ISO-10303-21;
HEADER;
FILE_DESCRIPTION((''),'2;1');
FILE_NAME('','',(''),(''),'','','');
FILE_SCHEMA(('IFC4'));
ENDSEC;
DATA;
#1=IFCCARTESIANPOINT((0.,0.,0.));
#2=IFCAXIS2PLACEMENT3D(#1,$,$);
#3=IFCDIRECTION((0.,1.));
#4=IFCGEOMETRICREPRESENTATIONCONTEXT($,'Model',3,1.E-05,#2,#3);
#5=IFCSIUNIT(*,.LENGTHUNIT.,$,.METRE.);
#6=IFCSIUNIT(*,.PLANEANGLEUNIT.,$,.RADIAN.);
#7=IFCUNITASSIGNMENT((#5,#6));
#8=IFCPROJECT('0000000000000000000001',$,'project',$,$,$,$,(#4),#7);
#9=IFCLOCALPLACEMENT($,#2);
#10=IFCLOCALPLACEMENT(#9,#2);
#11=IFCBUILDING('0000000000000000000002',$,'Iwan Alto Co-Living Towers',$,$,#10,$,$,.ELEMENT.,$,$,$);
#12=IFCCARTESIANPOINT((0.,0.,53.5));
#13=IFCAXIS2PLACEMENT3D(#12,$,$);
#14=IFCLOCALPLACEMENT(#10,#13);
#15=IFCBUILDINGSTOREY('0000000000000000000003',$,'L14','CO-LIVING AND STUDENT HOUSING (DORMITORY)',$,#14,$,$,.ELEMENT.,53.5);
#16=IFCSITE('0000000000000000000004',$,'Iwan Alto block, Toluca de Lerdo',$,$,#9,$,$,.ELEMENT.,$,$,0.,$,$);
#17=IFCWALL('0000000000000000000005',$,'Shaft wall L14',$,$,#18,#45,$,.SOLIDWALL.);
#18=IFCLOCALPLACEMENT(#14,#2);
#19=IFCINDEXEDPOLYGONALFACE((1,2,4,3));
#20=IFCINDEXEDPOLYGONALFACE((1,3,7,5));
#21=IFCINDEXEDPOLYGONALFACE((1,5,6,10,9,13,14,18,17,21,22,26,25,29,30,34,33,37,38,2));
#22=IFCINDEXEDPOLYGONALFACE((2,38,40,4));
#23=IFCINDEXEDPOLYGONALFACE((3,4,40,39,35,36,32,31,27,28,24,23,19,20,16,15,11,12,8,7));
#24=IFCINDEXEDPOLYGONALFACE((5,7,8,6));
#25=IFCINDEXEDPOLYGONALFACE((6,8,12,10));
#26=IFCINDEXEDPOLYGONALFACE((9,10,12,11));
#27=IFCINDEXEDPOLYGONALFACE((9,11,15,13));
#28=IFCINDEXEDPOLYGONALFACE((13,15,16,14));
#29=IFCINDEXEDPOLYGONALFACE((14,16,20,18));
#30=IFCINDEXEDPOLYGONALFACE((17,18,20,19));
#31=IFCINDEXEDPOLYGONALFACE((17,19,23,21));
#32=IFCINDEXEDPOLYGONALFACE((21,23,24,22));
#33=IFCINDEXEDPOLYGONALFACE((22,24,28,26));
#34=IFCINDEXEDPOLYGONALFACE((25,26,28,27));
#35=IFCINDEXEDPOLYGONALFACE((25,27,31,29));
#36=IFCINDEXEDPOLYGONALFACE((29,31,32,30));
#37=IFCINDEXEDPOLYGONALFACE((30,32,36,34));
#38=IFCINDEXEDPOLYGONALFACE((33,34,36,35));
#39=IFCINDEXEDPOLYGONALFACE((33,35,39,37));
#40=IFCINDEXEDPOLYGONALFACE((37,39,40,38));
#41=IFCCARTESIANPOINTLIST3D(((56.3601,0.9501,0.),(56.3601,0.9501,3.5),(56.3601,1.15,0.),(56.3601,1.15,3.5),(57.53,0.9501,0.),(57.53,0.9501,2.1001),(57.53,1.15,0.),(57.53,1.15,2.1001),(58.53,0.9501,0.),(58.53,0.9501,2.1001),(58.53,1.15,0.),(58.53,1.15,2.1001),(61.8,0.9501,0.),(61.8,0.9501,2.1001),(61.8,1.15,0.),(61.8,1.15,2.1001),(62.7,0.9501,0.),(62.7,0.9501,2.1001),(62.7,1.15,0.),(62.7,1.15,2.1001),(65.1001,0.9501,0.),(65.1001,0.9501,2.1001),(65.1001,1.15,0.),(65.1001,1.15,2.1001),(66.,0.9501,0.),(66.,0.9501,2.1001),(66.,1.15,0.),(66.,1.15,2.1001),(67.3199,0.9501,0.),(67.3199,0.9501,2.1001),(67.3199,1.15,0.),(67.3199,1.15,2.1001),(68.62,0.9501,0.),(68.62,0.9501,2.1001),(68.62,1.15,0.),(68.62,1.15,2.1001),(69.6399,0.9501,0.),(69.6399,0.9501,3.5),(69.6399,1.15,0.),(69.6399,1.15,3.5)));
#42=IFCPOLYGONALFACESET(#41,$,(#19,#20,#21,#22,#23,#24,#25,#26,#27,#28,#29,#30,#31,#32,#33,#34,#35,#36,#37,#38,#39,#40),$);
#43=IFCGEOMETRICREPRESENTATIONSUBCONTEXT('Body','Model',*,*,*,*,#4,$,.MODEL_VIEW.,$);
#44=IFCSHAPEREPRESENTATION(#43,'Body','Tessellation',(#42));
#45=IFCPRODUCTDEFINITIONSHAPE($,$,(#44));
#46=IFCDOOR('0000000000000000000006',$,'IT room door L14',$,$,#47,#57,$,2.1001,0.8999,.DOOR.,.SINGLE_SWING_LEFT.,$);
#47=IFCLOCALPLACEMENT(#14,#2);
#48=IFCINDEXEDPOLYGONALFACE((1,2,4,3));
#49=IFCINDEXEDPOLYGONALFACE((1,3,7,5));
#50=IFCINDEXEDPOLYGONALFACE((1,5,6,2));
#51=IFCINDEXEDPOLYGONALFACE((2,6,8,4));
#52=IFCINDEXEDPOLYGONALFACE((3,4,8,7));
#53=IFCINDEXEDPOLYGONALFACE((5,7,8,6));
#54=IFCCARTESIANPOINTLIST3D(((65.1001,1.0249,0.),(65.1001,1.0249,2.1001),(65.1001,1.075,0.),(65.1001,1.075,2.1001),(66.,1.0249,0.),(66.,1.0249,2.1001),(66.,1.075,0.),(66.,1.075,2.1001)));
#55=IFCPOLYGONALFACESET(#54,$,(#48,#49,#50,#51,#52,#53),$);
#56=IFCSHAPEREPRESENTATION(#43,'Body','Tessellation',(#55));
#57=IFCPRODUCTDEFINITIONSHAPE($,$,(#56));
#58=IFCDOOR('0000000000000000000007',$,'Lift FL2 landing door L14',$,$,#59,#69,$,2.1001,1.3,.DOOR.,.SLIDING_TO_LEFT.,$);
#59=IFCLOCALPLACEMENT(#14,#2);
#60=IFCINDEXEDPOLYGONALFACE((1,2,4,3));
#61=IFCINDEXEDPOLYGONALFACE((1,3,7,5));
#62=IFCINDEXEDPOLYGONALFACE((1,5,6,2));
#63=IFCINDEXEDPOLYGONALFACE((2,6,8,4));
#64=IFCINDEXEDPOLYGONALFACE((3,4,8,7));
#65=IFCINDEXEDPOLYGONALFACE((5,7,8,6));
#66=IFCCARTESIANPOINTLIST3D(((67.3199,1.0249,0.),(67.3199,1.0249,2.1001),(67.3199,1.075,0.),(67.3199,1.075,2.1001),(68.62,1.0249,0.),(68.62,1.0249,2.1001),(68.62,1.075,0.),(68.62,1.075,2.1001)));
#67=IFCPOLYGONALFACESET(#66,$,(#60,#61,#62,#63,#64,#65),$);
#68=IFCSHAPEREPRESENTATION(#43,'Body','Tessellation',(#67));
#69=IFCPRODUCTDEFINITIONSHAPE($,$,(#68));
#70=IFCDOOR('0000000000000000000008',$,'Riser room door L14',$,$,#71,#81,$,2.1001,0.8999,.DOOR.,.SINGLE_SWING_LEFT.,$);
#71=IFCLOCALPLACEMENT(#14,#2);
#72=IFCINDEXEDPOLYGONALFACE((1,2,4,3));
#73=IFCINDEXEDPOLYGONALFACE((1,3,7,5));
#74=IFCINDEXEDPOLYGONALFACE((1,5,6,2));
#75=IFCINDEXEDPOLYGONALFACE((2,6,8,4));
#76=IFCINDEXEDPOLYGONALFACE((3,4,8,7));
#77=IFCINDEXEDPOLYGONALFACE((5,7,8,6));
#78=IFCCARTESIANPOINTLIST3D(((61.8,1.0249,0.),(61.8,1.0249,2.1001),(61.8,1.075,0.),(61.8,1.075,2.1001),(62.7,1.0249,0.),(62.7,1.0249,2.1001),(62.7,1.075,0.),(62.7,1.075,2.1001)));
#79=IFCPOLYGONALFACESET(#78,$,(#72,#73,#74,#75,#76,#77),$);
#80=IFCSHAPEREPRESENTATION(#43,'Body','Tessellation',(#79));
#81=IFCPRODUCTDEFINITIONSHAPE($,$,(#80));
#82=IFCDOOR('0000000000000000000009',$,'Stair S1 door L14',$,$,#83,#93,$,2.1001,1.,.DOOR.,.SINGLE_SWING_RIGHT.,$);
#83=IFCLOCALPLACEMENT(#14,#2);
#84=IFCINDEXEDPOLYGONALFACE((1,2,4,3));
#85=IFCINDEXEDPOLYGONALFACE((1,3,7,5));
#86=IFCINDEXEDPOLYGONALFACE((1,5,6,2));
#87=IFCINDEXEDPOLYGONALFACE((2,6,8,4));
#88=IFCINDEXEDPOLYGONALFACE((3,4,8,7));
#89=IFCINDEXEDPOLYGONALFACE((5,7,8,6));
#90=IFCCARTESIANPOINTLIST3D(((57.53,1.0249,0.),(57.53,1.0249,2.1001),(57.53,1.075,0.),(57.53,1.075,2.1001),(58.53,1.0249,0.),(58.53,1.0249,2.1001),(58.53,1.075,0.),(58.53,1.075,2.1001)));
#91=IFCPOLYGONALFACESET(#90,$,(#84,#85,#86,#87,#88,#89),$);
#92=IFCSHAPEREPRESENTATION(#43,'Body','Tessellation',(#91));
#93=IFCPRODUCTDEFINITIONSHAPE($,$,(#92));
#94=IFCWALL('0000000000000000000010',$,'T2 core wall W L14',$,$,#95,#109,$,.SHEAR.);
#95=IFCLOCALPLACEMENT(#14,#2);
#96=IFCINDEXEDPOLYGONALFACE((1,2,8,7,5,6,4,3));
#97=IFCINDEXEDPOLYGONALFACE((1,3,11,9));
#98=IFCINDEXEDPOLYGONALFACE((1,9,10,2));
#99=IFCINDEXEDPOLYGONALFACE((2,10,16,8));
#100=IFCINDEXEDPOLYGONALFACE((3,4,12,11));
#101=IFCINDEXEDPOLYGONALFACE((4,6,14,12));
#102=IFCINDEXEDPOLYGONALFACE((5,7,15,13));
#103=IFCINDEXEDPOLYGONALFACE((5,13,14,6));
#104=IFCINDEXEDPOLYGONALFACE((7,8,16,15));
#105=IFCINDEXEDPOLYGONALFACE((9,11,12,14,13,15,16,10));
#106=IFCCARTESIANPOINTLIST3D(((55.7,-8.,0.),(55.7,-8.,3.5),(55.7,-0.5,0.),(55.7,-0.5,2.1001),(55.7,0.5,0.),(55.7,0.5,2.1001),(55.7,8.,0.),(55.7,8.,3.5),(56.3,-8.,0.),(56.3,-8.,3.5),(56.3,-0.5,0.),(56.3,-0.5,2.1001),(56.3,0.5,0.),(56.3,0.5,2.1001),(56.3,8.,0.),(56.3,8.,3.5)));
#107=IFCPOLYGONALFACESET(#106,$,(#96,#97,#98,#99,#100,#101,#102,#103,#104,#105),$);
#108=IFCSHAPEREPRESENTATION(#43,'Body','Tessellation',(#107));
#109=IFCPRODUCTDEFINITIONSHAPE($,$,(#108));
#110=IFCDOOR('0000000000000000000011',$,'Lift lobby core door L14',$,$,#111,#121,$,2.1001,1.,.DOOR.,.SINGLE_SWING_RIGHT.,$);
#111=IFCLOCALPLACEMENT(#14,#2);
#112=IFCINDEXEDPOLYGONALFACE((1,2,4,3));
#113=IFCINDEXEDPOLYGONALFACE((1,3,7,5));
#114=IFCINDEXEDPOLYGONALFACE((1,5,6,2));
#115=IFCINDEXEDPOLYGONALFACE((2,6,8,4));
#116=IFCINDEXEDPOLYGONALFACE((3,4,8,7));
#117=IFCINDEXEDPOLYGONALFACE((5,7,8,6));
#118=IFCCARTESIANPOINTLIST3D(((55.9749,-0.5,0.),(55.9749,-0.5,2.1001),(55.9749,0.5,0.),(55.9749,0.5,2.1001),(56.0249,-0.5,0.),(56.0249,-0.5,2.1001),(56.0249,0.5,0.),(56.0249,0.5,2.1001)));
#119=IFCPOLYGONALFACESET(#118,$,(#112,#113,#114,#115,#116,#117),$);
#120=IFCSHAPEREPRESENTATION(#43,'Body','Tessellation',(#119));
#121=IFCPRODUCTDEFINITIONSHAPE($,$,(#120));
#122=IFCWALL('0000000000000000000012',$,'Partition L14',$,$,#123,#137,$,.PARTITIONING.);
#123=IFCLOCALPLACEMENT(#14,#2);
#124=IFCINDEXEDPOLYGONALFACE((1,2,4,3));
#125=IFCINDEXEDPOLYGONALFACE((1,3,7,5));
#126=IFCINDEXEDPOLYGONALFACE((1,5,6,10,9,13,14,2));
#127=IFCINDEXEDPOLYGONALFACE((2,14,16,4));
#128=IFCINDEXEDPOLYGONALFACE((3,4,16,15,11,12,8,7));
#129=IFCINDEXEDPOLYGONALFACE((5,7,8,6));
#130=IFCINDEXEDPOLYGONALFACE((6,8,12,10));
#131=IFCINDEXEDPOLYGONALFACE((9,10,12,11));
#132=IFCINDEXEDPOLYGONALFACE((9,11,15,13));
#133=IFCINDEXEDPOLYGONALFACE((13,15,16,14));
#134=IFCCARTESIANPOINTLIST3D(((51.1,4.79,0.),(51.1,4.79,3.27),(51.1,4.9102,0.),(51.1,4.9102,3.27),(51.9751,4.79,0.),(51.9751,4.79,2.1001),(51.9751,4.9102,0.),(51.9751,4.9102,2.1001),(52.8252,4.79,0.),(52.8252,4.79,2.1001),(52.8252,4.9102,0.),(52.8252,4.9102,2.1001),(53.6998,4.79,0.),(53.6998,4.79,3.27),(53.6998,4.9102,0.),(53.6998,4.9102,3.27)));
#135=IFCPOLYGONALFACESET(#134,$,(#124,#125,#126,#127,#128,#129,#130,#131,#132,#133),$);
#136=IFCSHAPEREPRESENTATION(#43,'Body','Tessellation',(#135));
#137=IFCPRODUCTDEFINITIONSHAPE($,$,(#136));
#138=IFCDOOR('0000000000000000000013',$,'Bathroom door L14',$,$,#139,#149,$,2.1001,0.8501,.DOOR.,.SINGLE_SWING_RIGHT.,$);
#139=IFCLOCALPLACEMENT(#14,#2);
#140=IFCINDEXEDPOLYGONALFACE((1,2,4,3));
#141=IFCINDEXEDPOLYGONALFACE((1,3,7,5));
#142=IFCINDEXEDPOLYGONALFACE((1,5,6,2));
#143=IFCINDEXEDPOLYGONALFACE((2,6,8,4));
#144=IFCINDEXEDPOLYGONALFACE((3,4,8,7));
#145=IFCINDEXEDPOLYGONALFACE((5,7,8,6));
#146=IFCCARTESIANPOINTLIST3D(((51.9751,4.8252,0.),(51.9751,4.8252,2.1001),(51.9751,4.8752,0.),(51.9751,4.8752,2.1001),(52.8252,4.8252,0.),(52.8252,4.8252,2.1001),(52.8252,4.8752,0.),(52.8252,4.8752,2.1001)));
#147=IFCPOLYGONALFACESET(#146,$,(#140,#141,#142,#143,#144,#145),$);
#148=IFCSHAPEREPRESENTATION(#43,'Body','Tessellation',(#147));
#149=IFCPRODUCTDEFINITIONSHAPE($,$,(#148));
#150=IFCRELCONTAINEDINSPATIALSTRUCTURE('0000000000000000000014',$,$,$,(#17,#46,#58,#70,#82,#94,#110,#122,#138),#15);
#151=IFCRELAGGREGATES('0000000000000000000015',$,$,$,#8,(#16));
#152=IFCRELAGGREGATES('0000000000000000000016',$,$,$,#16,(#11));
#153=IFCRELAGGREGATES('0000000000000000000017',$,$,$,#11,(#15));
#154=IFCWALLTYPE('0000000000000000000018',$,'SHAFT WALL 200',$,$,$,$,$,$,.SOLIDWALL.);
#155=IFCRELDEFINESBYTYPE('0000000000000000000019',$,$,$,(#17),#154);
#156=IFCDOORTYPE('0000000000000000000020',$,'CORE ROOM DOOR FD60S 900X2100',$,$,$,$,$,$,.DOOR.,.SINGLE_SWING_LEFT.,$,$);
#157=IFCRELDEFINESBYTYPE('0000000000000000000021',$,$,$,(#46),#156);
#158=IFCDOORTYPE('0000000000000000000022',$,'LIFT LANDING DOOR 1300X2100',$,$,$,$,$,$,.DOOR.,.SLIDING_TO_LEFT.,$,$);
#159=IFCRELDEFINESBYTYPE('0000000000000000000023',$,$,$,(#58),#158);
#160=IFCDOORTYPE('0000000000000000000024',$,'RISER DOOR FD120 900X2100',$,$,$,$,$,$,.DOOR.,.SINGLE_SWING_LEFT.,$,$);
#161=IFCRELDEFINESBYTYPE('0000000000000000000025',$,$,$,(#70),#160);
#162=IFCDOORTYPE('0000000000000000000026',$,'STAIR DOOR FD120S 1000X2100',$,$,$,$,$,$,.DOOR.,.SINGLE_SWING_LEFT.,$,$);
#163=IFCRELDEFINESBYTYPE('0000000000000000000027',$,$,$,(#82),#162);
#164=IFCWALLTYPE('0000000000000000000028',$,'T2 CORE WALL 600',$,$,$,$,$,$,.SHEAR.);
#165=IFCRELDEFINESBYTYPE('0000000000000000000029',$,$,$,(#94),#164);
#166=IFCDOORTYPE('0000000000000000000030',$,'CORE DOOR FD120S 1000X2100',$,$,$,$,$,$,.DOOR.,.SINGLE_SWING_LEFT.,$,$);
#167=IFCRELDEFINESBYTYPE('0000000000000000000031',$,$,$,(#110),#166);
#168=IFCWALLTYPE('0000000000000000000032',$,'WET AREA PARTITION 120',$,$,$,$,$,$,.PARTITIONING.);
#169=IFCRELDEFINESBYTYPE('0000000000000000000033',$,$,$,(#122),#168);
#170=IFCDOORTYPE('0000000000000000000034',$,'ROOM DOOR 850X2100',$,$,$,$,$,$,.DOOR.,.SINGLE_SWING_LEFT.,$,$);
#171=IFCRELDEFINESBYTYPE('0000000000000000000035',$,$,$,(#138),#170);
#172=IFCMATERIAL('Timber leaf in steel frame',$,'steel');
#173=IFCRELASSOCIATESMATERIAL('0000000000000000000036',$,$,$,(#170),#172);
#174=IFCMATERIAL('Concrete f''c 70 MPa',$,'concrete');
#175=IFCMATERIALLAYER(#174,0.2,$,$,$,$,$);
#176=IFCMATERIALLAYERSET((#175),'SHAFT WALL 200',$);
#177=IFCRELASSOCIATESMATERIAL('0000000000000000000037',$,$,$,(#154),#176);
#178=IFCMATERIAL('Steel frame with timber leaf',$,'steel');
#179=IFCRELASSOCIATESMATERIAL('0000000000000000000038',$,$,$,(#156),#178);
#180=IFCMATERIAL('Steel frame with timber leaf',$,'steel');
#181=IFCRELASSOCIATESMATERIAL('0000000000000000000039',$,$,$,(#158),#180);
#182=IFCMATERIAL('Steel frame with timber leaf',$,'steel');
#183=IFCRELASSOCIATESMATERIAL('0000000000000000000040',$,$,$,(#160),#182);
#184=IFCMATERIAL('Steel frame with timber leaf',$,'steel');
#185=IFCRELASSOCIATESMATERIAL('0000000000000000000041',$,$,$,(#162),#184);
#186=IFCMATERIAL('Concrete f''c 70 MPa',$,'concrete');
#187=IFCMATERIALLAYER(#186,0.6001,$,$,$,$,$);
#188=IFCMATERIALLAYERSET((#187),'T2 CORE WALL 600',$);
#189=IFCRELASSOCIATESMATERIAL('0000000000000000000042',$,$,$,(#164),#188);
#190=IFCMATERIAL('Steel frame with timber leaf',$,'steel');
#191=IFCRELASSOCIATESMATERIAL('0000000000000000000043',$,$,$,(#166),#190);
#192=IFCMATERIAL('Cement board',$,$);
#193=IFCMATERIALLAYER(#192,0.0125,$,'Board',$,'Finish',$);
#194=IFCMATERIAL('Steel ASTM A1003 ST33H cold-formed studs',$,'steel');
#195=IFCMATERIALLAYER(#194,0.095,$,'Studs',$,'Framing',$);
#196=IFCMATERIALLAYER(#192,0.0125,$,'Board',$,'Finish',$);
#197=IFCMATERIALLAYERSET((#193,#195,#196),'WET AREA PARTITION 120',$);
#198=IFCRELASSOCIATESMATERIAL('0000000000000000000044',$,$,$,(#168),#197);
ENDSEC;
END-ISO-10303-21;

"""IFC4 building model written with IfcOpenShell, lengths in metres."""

from ifc_helpers import new_model, si_unit, direction, frame, frame_2d, origin, place, context, subcontext, project, spatial, rectangle, extrude, material, layer, layer_set, type_object, element, fill, save


model = new_model("IFC4")

# Units and contexts
model_context = context("Model", 3, precision=1e-05, world=origin(), true_north=direction((0.0, 1.0)))
body_context = subcontext(model_context, "Body", "Model", "MODEL_VIEW")
ifc_project = project(units=[si_unit("LENGTHUNIT", "METRE"), si_unit("PLANEANGLEUNIT", "RADIAN")], contexts=[model_context])

# Site, building, storey
site_placement = place(None, origin())
site = spatial("IfcSite", under=ifc_project, at=site_placement, Name="Iwan Alto block, Toluca de Lerdo", CompositionType="ELEMENT", RefElevation=0.0)
building_placement = place(site_placement, origin())
building = spatial("IfcBuilding", under=site, at=building_placement, Name="Iwan Alto Co-Living Towers", CompositionType="ELEMENT")
storey_placement = place(building_placement, frame((0.0, 0.0, 53.5)))
storey = spatial("IfcBuildingStorey", under=building, at=storey_placement, Name="L14", Description="CO-LIVING AND STUDENT HOUSING (DORMITORY)", CompositionType="ELEMENT", Elevation=53.5)

# Shared definitions
ifc_material_1 = material(Name="Steel ASTM A1003 ST33H cold-formed studs", Category="steel")

# Wall, openings, doors
ifc_material_2 = material(Name="Timber leaf in steel frame", Category="steel")
door_type_1 = type_object("IfcDoorType", Name="ROOM DOOR 850X2100", OperationType="SINGLE_SWING_LEFT", PredefinedType="DOOR", material=ifc_material_2)
ifc_material_3 = material(Name="Concrete f'c 70 MPa", Category="concrete")
ifc_layer_1 = layer(ifc_material_3, 0.2)
ifc_layer_set_1 = layer_set([ifc_layer_1], Name="SHAFT WALL 200")
wall_type_1 = type_object("IfcWallType", Name="SHAFT WALL 200", PredefinedType="SOLIDWALL", material=ifc_layer_set_1)
wall_1_placement = place(storey_placement, frame((56.3601, 1.05, 0.0), z_axis=(0.0, 0.0, 1.0), x_axis=(1.0, 0.0, 0.0)))
wall_1 = element("IfcWall", 1, at=wall_1_placement, inside=storey, type_object=wall_type_1, Name="Shaft wall L14", PredefinedType="SOLIDWALL", context=body_context, shape_type="SweptSolid", body=[
    extrude(rectangle(XDim=13.2798, YDim=0.2, at=frame_2d((6.6399, 0.0))), origin(), (0.0, 0.0, 1.0), 3.5),
])
opening_1_placement = place(wall_1_placement, frame((1.1699, 0.0, 0.0)))
opening_1 = element("IfcOpeningElement", 2, at=opening_1_placement, cuts=wall_1, PredefinedType="OPENING", context=body_context, shape_type="SweptSolid", body=[
    extrude(rectangle(XDim=1.0, YDim=2.1001, at=frame_2d((0.5, 1.05))), frame((0.0, 0.1099, 0.0), z_axis=(0.0, -1.0, 0.0), x_axis=(1.0, 0.0, 0.0)), (0.0, 0.0, 1.0), 0.22),
])
opening_2_placement = place(wall_1_placement, frame((5.4399, 0.0, 0.0)))
opening_2 = element("IfcOpeningElement", 3, at=opening_2_placement, cuts=wall_1, PredefinedType="OPENING", context=body_context, shape_type="SweptSolid", body=[
    extrude(rectangle(XDim=0.8999, YDim=2.1001, at=frame_2d((0.45, 1.05))), frame((0.0, 0.1099, 0.0), z_axis=(0.0, -1.0, 0.0), x_axis=(1.0, 0.0, 0.0)), (0.0, 0.0, 1.0), 0.22),
])
opening_3_placement = place(wall_1_placement, frame((8.74, 0.0, 0.0)))
opening_3 = element("IfcOpeningElement", 4, at=opening_3_placement, cuts=wall_1, PredefinedType="OPENING", context=body_context, shape_type="SweptSolid", body=[
    extrude(rectangle(XDim=0.8999, YDim=2.1001, at=frame_2d((0.45, 1.05))), frame((0.0, 0.1099, 0.0), z_axis=(0.0, -1.0, 0.0), x_axis=(1.0, 0.0, 0.0)), (0.0, 0.0, 1.0), 0.22),
])
opening_4_placement = place(wall_1_placement, frame((10.96, 0.0, 0.0)))
opening_4 = element("IfcOpeningElement", 5, at=opening_4_placement, cuts=wall_1, PredefinedType="OPENING", context=body_context, shape_type="SweptSolid", body=[
    extrude(rectangle(XDim=1.3, YDim=2.1001, at=frame_2d((0.6499, 1.05))), frame((0.0, 0.1099, 0.0), z_axis=(0.0, -1.0, 0.0), x_axis=(1.0, 0.0, 0.0)), (0.0, 0.0, 1.0), 0.22),
])
ifc_material_4 = material(Name="Steel frame with timber leaf", Category="steel")
door_type_2 = type_object("IfcDoorType", Name="CORE ROOM DOOR FD60S 900X2100", OperationType="SINGLE_SWING_LEFT", PredefinedType="DOOR", material=ifc_material_4)
door_1_placement = place(opening_3_placement, origin())
door_1 = element("IfcDoor", 6, at=door_1_placement, inside=storey, type_object=door_type_2, Name="IT room door L14", OperationType="SINGLE_SWING_LEFT", OverallHeight=2.1001, OverallWidth=0.8999, PredefinedType="DOOR", context=body_context, shape_type="SweptSolid", body=[
    extrude(rectangle(XDim=0.8999, YDim=2.1001, at=frame_2d((0.45, 1.05))), frame((0.0, 0.0249, 0.0), z_axis=(0.0, -1.0, 0.0), x_axis=(1.0, 0.0, 0.0)), (0.0, 0.0, 1.0), 0.05),
])
fill(opening_3, door_1)
ifc_material_5 = material(Name="Steel frame with timber leaf", Category="steel")
door_type_3 = type_object("IfcDoorType", Name="LIFT LANDING DOOR 1300X2100", OperationType="SLIDING_TO_LEFT", PredefinedType="DOOR", material=ifc_material_5)
door_2_placement = place(opening_4_placement, origin())
door_2 = element("IfcDoor", 7, at=door_2_placement, inside=storey, type_object=door_type_3, Name="Lift FL2 landing door L14", OperationType="SLIDING_TO_LEFT", OverallHeight=2.1001, OverallWidth=1.3, PredefinedType="DOOR", context=body_context, shape_type="SweptSolid", body=[
    extrude(rectangle(XDim=1.3, YDim=2.1001, at=frame_2d((0.6499, 1.05))), frame((0.0, 0.0249, 0.0), z_axis=(0.0, -1.0, 0.0), x_axis=(1.0, 0.0, 0.0)), (0.0, 0.0, 1.0), 0.05),
])
fill(opening_4, door_2)
ifc_material_6 = material(Name="Steel frame with timber leaf", Category="steel")
door_type_4 = type_object("IfcDoorType", Name="RISER DOOR FD120 900X2100", OperationType="SINGLE_SWING_LEFT", PredefinedType="DOOR", material=ifc_material_6)
door_3_placement = place(opening_2_placement, origin())
door_3 = element("IfcDoor", 8, at=door_3_placement, inside=storey, type_object=door_type_4, Name="Riser room door L14", OperationType="SINGLE_SWING_LEFT", OverallHeight=2.1001, OverallWidth=0.8999, PredefinedType="DOOR", context=body_context, shape_type="SweptSolid", body=[
    extrude(rectangle(XDim=0.8999, YDim=2.1001, at=frame_2d((0.45, 1.05))), frame((0.0, 0.0249, 0.0), z_axis=(0.0, -1.0, 0.0), x_axis=(1.0, 0.0, 0.0)), (0.0, 0.0, 1.0), 0.05),
])
fill(opening_2, door_3)
ifc_material_7 = material(Name="Steel frame with timber leaf", Category="steel")
door_type_5 = type_object("IfcDoorType", Name="STAIR DOOR FD120S 1000X2100", OperationType="SINGLE_SWING_LEFT", PredefinedType="DOOR", material=ifc_material_7)
door_4_placement = place(opening_1_placement, origin())
door_4 = element("IfcDoor", 9, at=door_4_placement, inside=storey, type_object=door_type_5, Name="Stair S1 door L14", OperationType="SINGLE_SWING_RIGHT", OverallHeight=2.1001, OverallWidth=1.0, PredefinedType="DOOR", context=body_context, shape_type="SweptSolid", body=[
    extrude(rectangle(XDim=1.0, YDim=2.1001, at=frame_2d((0.5, 1.05))), frame((0.0, 0.0249, 0.0), z_axis=(0.0, -1.0, 0.0), x_axis=(1.0, 0.0, 0.0)), (0.0, 0.0, 1.0), 0.05),
])
fill(opening_1, door_4)

# Walls, openings, doors
ifc_material_8 = material(Name="Concrete f'c 70 MPa", Category="concrete")
ifc_layer_2 = layer(ifc_material_8, 0.6001)
ifc_layer_set_2 = layer_set([ifc_layer_2], Name="T2 CORE WALL 600")
wall_type_2 = type_object("IfcWallType", Name="T2 CORE WALL 600", PredefinedType="SHEAR", material=ifc_layer_set_2)
wall_2_placement = place(storey_placement, frame((56.0, 8.0, 0.0), z_axis=(0.0, 0.0, 1.0), x_axis=(0.0, -1.0, 0.0)))
wall_2 = element("IfcWall", 10, at=wall_2_placement, inside=storey, type_object=wall_type_2, Name="T2 core wall W L14", PredefinedType="SHEAR", context=body_context, shape_type="SweptSolid", body=[
    extrude(rectangle(XDim=16.0, YDim=0.6001, at=frame_2d((8.0, 0.0))), origin(), (0.0, 0.0, 1.0), 3.5),
])
opening_5_placement = place(wall_2_placement, frame((7.5, 0.0, 0.0)))
opening_5 = element("IfcOpeningElement", 11, at=opening_5_placement, cuts=wall_2, PredefinedType="OPENING", context=body_context, shape_type="SweptSolid", body=[
    extrude(rectangle(XDim=1.0, YDim=2.1001, at=frame_2d((0.5, 1.05))), frame((0.0, 0.3101, 0.0), z_axis=(0.0, -1.0, 0.0), x_axis=(1.0, 0.0, 0.0)), (0.0, 0.0, 1.0), 0.6201),
])
ifc_material_9 = material(Name="Steel frame with timber leaf", Category="steel")
door_type_6 = type_object("IfcDoorType", Name="CORE DOOR FD120S 1000X2100", OperationType="SINGLE_SWING_LEFT", PredefinedType="DOOR", material=ifc_material_9)
door_5_placement = place(opening_5_placement, origin())
door_5 = element("IfcDoor", 12, at=door_5_placement, inside=storey, type_object=door_type_6, Name="Lift lobby core door L14", OperationType="SINGLE_SWING_RIGHT", OverallHeight=2.1001, OverallWidth=1.0, PredefinedType="DOOR", context=body_context, shape_type="SweptSolid", body=[
    extrude(rectangle(XDim=1.0, YDim=2.1001, at=frame_2d((0.5, 1.05))), frame((0.0, 0.0249, 0.0), z_axis=(0.0, -1.0, 0.0), x_axis=(1.0, 0.0, 0.0)), (0.0, 0.0, 1.0), 0.05),
])
fill(opening_5, door_5)
ifc_material_10 = material(Name="Cement board")
ifc_layer_3 = layer(ifc_material_10, 0.0125, Name="Board", Category="Finish")
ifc_layer_4 = layer(ifc_material_1, 0.095, Name="Studs", Category="Framing")
ifc_layer_5 = layer(ifc_material_10, 0.0125, Name="Board", Category="Finish")
ifc_layer_set_3 = layer_set([ifc_layer_3, ifc_layer_4, ifc_layer_5], Name="WET AREA PARTITION 120")
wall_type_3 = type_object("IfcWallType", Name="WET AREA PARTITION 120", PredefinedType="PARTITIONING", material=ifc_layer_set_3)
wall_3_placement = place(storey_placement, frame((51.1001, 4.8501, 0.0), z_axis=(0.0, 0.0, 1.0), x_axis=(1.0, 0.0, 0.0)))
wall_3 = element("IfcWall", 13, at=wall_3_placement, inside=storey, type_object=wall_type_3, Name="Partition L14", PredefinedType="PARTITIONING", context=body_context, shape_type="SweptSolid", body=[
    extrude(rectangle(XDim=2.5999, YDim=0.1201, at=frame_2d((1.2998, 0.0))), origin(), (0.0, 0.0, 1.0), 3.27),
])
opening_6_placement = place(wall_3_placement, frame((0.875, 0.0, 0.0)))
opening_6 = element("IfcOpeningElement", 14, at=opening_6_placement, cuts=wall_3, PredefinedType="OPENING", context=body_context, shape_type="SweptSolid", body=[
    extrude(rectangle(XDim=0.8501, YDim=2.1001, at=frame_2d((0.425, 1.05))), frame((0.0, 0.0701, 0.0), z_axis=(0.0, -1.0, 0.0), x_axis=(1.0, 0.0, 0.0)), (0.0, 0.0, 1.0), 0.1401),
])
door_6_placement = place(opening_6_placement, frame((0.8501, 0.0, 0.0), z_axis=(0.0, 0.0, 1.0), x_axis=(-1.0, 0.0, 0.0)))
door_6 = element("IfcDoor", 15, at=door_6_placement, inside=storey, type_object=door_type_1, Name="Bathroom door L14", OperationType="SINGLE_SWING_RIGHT", OverallHeight=2.1001, OverallWidth=0.8501, PredefinedType="DOOR", context=body_context, shape_type="SweptSolid", body=[
    extrude(rectangle(XDim=0.8501, YDim=2.1001, at=frame_2d((0.425, 1.05))), frame((0.0, 0.0249, 0.0), z_axis=(0.0, -1.0, 0.0), x_axis=(1.0, 0.0, 0.0)), (0.0, 0.0, 1.0), 0.05),
])
fill(opening_6, door_6)

save(model, "model.ifc")
